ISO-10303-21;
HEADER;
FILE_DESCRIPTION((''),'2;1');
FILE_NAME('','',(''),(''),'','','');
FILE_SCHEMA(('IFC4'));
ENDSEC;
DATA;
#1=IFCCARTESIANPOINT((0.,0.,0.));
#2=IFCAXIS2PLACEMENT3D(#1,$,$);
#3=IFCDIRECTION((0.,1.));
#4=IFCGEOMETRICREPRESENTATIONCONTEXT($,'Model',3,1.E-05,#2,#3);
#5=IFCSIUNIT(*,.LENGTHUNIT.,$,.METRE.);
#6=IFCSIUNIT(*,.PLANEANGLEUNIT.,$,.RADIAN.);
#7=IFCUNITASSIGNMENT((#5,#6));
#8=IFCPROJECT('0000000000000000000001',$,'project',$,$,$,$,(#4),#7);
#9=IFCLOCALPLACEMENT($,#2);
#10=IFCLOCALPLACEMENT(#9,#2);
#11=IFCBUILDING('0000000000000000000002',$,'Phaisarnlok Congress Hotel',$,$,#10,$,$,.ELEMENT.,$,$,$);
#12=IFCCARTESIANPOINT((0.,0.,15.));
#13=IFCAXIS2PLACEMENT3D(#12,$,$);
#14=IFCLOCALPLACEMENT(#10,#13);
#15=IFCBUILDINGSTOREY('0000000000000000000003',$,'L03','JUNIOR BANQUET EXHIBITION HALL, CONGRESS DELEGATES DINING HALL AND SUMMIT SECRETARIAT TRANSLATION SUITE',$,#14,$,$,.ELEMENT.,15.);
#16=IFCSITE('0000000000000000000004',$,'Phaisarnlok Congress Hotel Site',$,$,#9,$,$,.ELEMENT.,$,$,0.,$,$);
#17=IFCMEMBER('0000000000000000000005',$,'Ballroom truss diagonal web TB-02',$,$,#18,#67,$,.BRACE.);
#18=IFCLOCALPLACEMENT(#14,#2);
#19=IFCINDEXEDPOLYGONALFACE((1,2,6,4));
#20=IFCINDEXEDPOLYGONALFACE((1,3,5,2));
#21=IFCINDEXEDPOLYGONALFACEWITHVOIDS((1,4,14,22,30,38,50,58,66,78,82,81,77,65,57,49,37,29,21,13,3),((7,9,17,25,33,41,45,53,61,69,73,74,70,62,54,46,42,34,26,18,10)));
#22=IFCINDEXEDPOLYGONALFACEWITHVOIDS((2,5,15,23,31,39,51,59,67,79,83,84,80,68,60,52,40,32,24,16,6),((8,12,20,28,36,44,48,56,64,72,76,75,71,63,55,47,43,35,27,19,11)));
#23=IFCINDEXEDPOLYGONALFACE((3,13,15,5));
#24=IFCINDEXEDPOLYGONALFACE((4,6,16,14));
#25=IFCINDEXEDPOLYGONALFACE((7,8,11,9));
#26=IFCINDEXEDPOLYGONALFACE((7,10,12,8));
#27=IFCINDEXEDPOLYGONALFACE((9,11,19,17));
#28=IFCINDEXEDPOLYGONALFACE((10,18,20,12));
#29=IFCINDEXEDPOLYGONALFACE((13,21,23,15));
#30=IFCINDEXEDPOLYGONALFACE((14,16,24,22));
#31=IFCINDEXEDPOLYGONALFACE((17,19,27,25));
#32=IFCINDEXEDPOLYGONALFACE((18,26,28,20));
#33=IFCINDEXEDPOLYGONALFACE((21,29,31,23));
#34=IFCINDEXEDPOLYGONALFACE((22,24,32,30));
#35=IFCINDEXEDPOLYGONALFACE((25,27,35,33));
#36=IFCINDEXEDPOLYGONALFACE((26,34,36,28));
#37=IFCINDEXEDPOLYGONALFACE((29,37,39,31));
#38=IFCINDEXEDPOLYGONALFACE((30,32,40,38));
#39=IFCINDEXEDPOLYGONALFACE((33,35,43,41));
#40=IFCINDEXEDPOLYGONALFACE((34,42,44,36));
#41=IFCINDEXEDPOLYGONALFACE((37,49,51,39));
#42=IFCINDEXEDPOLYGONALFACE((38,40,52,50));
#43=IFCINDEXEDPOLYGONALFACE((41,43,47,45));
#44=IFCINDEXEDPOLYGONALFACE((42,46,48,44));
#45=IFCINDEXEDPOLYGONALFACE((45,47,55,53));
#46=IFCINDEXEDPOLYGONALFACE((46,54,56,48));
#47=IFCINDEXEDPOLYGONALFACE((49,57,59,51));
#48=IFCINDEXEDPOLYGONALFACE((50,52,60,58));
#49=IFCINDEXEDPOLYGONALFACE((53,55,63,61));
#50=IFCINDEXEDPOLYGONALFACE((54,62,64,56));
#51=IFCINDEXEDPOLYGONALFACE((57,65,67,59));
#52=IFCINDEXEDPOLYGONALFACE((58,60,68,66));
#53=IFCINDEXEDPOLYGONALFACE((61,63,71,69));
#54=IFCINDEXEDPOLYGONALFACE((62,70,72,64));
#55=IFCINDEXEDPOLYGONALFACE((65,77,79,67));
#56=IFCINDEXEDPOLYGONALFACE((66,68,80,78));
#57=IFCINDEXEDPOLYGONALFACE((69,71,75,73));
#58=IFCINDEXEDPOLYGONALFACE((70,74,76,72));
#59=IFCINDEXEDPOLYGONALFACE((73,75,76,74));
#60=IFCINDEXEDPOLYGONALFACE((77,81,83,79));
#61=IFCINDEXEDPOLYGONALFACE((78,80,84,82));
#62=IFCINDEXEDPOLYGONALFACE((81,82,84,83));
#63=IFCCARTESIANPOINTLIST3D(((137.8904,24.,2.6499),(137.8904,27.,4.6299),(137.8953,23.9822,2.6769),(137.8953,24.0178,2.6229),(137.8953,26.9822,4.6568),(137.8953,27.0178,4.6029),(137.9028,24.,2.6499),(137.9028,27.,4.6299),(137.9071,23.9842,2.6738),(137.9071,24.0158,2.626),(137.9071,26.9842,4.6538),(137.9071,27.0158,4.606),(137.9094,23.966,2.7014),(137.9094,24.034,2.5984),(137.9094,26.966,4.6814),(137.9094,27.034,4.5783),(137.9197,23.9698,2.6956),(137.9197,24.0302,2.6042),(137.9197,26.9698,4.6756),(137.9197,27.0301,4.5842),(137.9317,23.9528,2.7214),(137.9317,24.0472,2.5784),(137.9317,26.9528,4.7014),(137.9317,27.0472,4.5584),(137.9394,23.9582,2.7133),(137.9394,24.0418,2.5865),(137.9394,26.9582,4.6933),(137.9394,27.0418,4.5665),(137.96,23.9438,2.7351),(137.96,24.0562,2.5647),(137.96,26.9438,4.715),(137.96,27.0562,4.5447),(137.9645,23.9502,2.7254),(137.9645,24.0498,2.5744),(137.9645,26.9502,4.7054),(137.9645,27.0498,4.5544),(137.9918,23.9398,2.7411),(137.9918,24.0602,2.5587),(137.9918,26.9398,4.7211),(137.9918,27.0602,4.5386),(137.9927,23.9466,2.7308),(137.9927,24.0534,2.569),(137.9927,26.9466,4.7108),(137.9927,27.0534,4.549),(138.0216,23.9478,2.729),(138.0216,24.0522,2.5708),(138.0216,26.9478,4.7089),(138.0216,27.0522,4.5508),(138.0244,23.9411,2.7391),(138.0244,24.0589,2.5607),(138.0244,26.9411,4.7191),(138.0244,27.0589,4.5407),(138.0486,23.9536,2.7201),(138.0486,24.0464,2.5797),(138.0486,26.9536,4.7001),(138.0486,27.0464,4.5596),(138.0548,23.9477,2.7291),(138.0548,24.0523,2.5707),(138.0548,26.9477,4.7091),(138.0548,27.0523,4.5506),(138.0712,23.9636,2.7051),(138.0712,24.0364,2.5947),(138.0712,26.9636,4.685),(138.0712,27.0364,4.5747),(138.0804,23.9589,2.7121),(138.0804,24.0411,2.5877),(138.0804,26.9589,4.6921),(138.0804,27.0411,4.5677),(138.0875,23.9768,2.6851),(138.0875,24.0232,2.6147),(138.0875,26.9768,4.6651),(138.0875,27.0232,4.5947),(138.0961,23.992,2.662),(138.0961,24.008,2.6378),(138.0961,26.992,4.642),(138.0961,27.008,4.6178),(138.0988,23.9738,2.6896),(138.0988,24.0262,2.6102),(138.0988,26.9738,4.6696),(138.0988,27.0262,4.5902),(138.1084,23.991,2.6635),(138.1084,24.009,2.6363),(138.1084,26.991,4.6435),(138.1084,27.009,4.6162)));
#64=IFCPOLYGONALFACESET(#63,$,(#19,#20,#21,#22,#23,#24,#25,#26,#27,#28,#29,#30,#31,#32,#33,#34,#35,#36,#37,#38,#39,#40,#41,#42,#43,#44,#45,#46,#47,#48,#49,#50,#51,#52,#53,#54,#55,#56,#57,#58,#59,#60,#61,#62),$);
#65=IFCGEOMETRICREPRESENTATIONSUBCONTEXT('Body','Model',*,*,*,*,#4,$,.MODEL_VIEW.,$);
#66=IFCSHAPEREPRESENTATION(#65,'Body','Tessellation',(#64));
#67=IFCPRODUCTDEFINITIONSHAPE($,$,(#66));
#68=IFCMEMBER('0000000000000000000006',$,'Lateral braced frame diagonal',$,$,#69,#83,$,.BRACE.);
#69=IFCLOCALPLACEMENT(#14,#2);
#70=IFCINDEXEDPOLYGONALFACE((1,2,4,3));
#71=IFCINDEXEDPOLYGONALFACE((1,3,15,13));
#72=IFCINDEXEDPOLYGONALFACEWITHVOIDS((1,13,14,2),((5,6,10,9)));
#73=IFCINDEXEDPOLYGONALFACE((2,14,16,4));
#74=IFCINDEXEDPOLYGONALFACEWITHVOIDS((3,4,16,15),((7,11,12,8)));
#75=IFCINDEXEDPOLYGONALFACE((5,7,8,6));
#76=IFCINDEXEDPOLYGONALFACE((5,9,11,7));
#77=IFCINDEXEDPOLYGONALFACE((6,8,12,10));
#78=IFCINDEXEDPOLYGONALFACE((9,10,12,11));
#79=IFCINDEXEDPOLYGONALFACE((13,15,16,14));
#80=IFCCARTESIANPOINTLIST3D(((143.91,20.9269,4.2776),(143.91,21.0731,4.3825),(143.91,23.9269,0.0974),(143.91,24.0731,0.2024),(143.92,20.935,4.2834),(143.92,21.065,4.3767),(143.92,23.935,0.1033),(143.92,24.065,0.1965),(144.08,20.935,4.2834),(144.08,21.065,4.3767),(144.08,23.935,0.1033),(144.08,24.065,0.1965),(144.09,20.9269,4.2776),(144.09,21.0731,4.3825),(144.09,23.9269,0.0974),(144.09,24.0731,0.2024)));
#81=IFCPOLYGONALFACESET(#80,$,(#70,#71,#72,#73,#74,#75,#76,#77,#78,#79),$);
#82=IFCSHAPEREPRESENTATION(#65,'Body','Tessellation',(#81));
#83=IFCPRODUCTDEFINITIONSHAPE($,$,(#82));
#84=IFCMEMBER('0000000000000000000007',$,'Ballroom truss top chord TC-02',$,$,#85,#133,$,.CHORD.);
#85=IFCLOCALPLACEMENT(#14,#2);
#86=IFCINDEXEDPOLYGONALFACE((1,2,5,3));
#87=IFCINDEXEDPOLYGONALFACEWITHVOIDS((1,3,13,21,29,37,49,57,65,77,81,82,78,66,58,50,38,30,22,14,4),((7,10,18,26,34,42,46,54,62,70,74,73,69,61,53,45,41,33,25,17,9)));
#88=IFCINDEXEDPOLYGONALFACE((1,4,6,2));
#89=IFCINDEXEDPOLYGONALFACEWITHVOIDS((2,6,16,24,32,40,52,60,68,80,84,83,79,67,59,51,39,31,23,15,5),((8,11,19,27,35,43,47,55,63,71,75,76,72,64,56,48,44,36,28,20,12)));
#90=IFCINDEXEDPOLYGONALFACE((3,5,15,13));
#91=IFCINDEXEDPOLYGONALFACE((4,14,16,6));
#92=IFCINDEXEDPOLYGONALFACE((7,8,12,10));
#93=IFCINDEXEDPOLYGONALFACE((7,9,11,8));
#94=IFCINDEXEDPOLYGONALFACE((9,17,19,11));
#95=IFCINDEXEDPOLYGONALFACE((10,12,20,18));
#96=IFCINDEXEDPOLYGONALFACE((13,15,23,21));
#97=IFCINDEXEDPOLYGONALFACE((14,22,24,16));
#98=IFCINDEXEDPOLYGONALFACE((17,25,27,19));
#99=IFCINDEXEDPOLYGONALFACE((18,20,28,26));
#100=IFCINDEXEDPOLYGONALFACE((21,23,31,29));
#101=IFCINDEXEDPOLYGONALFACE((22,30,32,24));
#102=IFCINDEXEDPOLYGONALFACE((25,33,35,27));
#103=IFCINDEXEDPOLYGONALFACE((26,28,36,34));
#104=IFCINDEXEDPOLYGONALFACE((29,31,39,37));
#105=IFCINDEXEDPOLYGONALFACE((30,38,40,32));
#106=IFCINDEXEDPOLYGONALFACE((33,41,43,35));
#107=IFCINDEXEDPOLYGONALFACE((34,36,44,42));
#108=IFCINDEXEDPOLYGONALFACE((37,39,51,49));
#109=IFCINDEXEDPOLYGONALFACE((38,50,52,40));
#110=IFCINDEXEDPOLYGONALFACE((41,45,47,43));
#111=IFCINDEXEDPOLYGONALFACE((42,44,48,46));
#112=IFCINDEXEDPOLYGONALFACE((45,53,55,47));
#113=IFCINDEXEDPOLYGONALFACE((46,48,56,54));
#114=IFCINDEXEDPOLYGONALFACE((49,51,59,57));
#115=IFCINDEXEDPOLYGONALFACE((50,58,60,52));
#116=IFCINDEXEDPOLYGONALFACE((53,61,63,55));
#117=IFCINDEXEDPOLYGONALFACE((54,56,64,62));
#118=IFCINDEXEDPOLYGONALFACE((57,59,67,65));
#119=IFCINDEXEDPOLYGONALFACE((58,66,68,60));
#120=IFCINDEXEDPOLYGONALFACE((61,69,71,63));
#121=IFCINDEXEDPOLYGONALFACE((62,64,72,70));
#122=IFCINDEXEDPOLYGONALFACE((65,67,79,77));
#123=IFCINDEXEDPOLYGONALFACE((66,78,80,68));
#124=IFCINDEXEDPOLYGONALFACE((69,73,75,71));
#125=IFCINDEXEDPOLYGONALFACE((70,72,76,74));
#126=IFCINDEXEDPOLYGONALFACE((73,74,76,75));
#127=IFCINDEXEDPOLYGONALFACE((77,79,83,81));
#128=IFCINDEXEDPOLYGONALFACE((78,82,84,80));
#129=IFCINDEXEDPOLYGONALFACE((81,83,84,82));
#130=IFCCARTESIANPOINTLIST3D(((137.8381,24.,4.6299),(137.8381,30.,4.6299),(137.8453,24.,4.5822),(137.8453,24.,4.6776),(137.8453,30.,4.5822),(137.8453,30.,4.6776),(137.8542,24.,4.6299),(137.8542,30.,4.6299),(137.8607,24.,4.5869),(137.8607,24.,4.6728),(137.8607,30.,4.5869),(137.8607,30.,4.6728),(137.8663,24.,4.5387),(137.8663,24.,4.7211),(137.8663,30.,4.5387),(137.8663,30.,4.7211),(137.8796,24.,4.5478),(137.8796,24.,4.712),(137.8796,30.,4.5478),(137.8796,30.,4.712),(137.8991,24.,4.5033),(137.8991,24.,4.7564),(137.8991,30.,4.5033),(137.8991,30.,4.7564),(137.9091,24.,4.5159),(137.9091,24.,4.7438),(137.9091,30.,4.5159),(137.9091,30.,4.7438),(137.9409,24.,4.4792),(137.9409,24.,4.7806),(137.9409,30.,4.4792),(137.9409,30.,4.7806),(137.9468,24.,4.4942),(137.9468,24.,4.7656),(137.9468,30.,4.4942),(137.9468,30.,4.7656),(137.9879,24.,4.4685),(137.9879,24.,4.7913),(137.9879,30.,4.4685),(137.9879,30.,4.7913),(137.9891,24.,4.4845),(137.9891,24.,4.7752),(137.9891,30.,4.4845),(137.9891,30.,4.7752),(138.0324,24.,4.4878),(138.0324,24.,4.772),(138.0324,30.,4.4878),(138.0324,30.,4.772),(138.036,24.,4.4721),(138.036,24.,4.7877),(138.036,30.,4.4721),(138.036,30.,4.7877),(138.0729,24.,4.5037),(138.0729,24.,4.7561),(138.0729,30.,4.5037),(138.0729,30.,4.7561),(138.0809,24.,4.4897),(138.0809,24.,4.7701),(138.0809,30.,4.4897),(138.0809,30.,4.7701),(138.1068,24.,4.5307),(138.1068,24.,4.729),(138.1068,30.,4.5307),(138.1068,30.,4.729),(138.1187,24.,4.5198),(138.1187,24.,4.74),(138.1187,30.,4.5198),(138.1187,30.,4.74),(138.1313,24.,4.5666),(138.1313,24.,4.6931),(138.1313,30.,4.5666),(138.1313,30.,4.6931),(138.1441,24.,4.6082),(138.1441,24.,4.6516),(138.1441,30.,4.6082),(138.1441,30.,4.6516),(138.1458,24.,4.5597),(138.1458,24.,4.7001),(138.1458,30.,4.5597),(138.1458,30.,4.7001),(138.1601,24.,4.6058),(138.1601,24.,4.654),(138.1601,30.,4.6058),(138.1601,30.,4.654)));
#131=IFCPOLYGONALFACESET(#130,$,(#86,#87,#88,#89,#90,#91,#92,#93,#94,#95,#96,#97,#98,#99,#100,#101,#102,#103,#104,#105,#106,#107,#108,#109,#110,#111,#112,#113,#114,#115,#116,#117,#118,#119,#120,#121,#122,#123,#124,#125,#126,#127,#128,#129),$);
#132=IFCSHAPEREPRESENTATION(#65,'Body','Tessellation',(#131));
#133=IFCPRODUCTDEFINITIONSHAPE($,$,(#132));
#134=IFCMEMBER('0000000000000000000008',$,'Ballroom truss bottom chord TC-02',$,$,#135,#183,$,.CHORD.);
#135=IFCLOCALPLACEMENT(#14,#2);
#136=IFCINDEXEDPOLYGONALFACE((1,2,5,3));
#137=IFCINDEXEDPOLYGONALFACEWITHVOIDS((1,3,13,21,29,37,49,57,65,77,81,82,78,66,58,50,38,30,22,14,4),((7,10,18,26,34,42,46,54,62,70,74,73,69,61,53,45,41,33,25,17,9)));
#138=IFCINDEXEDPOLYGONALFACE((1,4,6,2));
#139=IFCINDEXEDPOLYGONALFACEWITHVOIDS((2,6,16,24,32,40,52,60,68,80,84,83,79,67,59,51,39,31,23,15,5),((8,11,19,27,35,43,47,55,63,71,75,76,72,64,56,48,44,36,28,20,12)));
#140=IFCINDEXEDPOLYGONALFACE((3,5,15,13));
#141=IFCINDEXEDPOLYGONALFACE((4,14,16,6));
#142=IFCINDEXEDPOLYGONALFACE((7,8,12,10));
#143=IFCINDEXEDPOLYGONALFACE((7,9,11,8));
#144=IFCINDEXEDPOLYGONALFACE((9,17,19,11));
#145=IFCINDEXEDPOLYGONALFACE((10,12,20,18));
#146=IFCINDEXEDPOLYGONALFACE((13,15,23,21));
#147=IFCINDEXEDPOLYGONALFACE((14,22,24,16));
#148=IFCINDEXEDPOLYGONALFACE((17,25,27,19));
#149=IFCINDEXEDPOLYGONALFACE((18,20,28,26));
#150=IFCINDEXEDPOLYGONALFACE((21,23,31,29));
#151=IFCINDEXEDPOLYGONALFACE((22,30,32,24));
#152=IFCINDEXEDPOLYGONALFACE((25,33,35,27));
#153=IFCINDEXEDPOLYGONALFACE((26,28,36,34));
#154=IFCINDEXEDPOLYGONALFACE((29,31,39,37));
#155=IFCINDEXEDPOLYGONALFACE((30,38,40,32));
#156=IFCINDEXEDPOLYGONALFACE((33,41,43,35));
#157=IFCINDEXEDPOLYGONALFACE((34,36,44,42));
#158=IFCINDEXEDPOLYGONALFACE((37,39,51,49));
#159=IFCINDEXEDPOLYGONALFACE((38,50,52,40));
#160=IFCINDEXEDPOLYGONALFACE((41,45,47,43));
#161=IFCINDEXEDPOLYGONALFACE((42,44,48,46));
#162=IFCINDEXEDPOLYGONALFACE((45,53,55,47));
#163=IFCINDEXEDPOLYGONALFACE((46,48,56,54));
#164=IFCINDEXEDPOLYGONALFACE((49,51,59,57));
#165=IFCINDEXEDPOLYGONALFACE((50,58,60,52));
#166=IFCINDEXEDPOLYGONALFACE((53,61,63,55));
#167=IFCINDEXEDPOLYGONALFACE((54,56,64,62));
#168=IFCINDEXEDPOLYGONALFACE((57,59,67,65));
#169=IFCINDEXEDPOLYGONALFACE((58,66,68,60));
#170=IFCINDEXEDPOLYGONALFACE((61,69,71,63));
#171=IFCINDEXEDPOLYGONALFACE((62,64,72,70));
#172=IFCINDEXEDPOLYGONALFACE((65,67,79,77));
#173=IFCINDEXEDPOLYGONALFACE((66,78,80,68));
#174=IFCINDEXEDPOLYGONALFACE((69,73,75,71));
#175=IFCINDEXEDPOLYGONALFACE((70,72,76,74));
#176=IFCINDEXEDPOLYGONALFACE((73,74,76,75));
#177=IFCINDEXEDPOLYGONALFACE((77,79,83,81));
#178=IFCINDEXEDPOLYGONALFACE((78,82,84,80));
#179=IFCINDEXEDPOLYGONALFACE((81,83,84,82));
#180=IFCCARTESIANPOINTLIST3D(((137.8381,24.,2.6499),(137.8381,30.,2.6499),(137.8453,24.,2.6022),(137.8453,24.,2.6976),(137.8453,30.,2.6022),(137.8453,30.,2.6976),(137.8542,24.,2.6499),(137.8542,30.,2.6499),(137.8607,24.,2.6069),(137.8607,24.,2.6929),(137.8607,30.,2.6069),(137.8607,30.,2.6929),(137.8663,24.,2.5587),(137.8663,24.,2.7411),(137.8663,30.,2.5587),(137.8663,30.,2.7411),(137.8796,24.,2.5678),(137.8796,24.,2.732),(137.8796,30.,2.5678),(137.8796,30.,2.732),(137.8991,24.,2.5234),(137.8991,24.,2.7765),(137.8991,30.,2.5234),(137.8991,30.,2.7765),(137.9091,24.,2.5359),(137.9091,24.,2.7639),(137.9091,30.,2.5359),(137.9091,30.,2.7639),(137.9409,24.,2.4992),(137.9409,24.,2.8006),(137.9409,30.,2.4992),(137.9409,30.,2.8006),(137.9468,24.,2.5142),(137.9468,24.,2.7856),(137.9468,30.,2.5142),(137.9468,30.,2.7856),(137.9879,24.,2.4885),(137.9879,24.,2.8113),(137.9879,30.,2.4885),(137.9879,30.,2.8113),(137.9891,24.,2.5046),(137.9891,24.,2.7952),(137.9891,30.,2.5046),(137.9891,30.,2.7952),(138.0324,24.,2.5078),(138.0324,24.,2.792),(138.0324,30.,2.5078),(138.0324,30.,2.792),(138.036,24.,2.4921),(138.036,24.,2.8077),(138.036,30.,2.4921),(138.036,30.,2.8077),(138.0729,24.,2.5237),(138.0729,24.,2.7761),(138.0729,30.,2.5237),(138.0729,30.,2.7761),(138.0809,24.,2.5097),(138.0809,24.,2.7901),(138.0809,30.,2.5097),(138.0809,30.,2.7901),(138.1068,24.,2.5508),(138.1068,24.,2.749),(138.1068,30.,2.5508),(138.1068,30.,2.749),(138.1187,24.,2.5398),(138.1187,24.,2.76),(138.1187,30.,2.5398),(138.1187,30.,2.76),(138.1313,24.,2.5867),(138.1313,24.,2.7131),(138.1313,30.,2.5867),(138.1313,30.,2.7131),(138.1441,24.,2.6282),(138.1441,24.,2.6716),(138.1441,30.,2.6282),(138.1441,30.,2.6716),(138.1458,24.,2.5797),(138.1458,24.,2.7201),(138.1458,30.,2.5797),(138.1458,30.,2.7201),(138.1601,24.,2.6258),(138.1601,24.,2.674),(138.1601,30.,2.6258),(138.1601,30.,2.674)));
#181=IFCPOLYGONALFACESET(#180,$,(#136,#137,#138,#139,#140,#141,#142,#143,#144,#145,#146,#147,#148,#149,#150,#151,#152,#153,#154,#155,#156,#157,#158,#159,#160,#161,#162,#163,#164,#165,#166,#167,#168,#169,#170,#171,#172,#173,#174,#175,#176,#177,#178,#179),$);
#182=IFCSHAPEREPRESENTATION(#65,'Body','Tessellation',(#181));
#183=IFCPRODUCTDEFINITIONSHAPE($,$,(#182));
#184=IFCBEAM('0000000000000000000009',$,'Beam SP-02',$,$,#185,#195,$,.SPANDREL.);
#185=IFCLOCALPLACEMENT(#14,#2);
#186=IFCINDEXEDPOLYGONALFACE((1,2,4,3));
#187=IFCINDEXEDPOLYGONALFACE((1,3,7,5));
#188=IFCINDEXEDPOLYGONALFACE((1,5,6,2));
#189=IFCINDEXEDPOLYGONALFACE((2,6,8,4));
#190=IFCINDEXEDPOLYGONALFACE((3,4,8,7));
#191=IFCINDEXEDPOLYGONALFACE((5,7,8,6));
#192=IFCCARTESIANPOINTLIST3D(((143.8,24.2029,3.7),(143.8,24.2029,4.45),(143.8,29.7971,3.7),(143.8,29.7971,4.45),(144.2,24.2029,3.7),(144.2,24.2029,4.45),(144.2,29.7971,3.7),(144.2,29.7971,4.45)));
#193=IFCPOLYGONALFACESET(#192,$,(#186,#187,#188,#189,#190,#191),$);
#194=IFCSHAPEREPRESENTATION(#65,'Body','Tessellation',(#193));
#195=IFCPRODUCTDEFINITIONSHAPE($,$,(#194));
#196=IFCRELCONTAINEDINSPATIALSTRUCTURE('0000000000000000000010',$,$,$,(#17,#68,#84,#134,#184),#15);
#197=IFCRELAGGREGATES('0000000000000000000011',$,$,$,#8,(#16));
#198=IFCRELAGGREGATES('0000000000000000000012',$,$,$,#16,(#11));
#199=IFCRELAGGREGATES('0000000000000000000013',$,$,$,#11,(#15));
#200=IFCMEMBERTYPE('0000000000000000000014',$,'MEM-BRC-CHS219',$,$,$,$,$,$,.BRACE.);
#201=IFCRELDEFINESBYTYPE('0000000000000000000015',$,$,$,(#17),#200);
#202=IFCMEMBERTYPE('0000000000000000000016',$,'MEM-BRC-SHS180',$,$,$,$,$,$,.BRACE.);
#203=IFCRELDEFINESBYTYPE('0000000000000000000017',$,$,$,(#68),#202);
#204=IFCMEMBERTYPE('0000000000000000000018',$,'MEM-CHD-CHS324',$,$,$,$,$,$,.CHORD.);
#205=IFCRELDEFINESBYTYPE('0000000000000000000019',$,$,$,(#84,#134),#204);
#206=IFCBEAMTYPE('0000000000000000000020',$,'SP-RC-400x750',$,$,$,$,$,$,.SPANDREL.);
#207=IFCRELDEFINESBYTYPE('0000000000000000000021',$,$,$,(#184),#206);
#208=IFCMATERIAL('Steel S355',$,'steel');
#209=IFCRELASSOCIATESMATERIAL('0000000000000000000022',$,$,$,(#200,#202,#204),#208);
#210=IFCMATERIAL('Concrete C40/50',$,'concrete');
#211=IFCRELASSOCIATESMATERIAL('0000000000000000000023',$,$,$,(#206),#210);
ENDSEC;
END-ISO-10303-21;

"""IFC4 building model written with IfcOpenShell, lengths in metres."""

from ifc_helpers import new_model, si_unit, direction, frame, origin, origin_2d, place, context, subcontext, project, spatial, rectangle, hollow_rectangle, hollow_circle, extrude, material, material_profile, profile_set, type_object, element, save


model = new_model("IFC4")

# Units and contexts
model_context = context("Model", 3, precision=1e-05, world=origin(), true_north=direction((0.0, 1.0)))
body_context = subcontext(model_context, "Body", "Model", "MODEL_VIEW")
ifc_project = project(units=[si_unit("LENGTHUNIT", "METRE"), si_unit("PLANEANGLEUNIT", "RADIAN")], contexts=[model_context])

# Site, building, storey
site_placement = place(None, origin())
site = spatial("IfcSite", under=ifc_project, at=site_placement, Name="Phaisarnlok Congress Hotel Site", CompositionType="ELEMENT", RefElevation=0.0)
building_placement = place(site_placement, origin())
building = spatial("IfcBuilding", under=site, at=building_placement, Name="Phaisarnlok Congress Hotel", CompositionType="ELEMENT")
storey_placement = place(building_placement, frame((0.0, 0.0, 15.0)))
storey = spatial("IfcBuildingStorey", under=building, at=storey_placement, Name="L03", Description="JUNIOR BANQUET EXHIBITION HALL, CONGRESS DELEGATES DINING HALL AND SUMMIT SECRETARIAT TRANSLATION SUITE", CompositionType="ELEMENT", Elevation=15.0)

# Shared definitions
ifc_material_1 = material(Name="Steel S355", Category="steel")

# Members
ifc_material_profile_1 = material_profile(ifc_material_1, hollow_circle(Radius=0.1096, WallThickness=0.0125, at=origin_2d()), Name="CHS 219.1x12.5")
ifc_profile_set_1 = profile_set([ifc_material_profile_1], Name="Steel S355")
member_type_1 = type_object("IfcMemberType", Name="MEM-BRC-CHS219", PredefinedType="BRACE", material=ifc_profile_set_1)
for number, where, z_axis, x_axis, name in (
    (1, (138.0, 24.0, 2.6499), (0.0, 0.834612, 0.550838), (-1.0, 0.0, 0.0), "Ballroom truss diagonal web TB-02"),
):
    element("IfcMember", number, at=place(storey_placement, frame(where, z_axis=z_axis, x_axis=x_axis)), inside=storey, type_object=member_type_1, Name=name, PredefinedType="BRACE", context=body_context, shape_type="SweptSolid", body=[
        extrude(hollow_circle(Radius=0.1096, WallThickness=0.0125, at=origin_2d()), origin(), (0.0, 0.0, 1.0), 3.5945),
    ])
ifc_material_profile_2 = material_profile(ifc_material_1, hollow_rectangle(XDim=0.1799, YDim=0.1799, WallThickness=0.01, at=origin_2d()), Name="SHS 180x180x10")
ifc_profile_set_2 = profile_set([ifc_material_profile_2], Name="Steel S355")
member_type_2 = type_object("IfcMemberType", Name="MEM-BRC-SHS180", PredefinedType="BRACE", material=ifc_profile_set_2)
member_1_placement = place(storey_placement, frame((144.0, 24.0, 0.1499), z_axis=(0.0, -0.583059, 0.81243), x_axis=(1.0, 0.0, 0.0)))
element("IfcMember", 2, at=member_1_placement, inside=storey, type_object=member_type_2, Name="Lateral braced frame diagonal", PredefinedType="BRACE", context=body_context, shape_type="SweptSolid", body=[
    extrude(hollow_rectangle(XDim=0.1799, YDim=0.1799, WallThickness=0.01, at=origin_2d()), origin(), (0.0, 0.0, 1.0), 5.1453),
])
ifc_material_profile_3 = material_profile(ifc_material_1, hollow_circle(Radius=0.1619, WallThickness=0.0161, at=origin_2d()), Name="CHS 323.9x16")
ifc_profile_set_3 = profile_set([ifc_material_profile_3], Name="Steel S355")
member_type_3 = type_object("IfcMemberType", Name="MEM-CHD-CHS324", PredefinedType="CHORD", material=ifc_profile_set_3)
for number, where, z_axis, x_axis, name in (
    (3, (138.0, 24.0, 4.6299), (0.0, 1.0, 0.0), (-1.0, 0.0, 0.0), "Ballroom truss top chord TC-02"),
    (4, (138.0, 24.0, 2.6499), (0.0, 1.0, 0.0), (-1.0, 0.0, 0.0), "Ballroom truss bottom chord TC-02"),
):
    element("IfcMember", number, at=place(storey_placement, frame(where, z_axis=z_axis, x_axis=x_axis)), inside=storey, type_object=member_type_3, Name=name, PredefinedType="CHORD", context=body_context, shape_type="SweptSolid", body=[
        extrude(hollow_circle(Radius=0.1619, WallThickness=0.0161, at=origin_2d()), origin(), (0.0, 0.0, 1.0), 6.0),
    ])

# Beam
ifc_material_2 = material(Name="Concrete C40/50", Category="concrete")
ifc_material_profile_4 = material_profile(ifc_material_2, rectangle(XDim=0.3999, YDim=0.75, at=origin_2d()), Name="RC 400x750")
ifc_profile_set_4 = profile_set([ifc_material_profile_4], Name="Concrete C40/50")
beam_type = type_object("IfcBeamType", Name="SP-RC-400x750", PredefinedType="SPANDREL", material=ifc_profile_set_4)
beam_placement = place(storey_placement, frame((144.0, 24.2029, 4.075), z_axis=(0.0, 1.0, 0.0), x_axis=(-1.0, 0.0, 0.0)))
element("IfcBeam", 5, at=beam_placement, inside=storey, type_object=beam_type, Name="Beam SP-02", PredefinedType="SPANDREL", context=body_context, shape_type="SweptSolid", body=[
    extrude(rectangle(XDim=0.3999, YDim=0.75, at=origin_2d()), origin(), (0.0, 0.0, 1.0), 5.5942),
])

save(model, "model.ifc")
